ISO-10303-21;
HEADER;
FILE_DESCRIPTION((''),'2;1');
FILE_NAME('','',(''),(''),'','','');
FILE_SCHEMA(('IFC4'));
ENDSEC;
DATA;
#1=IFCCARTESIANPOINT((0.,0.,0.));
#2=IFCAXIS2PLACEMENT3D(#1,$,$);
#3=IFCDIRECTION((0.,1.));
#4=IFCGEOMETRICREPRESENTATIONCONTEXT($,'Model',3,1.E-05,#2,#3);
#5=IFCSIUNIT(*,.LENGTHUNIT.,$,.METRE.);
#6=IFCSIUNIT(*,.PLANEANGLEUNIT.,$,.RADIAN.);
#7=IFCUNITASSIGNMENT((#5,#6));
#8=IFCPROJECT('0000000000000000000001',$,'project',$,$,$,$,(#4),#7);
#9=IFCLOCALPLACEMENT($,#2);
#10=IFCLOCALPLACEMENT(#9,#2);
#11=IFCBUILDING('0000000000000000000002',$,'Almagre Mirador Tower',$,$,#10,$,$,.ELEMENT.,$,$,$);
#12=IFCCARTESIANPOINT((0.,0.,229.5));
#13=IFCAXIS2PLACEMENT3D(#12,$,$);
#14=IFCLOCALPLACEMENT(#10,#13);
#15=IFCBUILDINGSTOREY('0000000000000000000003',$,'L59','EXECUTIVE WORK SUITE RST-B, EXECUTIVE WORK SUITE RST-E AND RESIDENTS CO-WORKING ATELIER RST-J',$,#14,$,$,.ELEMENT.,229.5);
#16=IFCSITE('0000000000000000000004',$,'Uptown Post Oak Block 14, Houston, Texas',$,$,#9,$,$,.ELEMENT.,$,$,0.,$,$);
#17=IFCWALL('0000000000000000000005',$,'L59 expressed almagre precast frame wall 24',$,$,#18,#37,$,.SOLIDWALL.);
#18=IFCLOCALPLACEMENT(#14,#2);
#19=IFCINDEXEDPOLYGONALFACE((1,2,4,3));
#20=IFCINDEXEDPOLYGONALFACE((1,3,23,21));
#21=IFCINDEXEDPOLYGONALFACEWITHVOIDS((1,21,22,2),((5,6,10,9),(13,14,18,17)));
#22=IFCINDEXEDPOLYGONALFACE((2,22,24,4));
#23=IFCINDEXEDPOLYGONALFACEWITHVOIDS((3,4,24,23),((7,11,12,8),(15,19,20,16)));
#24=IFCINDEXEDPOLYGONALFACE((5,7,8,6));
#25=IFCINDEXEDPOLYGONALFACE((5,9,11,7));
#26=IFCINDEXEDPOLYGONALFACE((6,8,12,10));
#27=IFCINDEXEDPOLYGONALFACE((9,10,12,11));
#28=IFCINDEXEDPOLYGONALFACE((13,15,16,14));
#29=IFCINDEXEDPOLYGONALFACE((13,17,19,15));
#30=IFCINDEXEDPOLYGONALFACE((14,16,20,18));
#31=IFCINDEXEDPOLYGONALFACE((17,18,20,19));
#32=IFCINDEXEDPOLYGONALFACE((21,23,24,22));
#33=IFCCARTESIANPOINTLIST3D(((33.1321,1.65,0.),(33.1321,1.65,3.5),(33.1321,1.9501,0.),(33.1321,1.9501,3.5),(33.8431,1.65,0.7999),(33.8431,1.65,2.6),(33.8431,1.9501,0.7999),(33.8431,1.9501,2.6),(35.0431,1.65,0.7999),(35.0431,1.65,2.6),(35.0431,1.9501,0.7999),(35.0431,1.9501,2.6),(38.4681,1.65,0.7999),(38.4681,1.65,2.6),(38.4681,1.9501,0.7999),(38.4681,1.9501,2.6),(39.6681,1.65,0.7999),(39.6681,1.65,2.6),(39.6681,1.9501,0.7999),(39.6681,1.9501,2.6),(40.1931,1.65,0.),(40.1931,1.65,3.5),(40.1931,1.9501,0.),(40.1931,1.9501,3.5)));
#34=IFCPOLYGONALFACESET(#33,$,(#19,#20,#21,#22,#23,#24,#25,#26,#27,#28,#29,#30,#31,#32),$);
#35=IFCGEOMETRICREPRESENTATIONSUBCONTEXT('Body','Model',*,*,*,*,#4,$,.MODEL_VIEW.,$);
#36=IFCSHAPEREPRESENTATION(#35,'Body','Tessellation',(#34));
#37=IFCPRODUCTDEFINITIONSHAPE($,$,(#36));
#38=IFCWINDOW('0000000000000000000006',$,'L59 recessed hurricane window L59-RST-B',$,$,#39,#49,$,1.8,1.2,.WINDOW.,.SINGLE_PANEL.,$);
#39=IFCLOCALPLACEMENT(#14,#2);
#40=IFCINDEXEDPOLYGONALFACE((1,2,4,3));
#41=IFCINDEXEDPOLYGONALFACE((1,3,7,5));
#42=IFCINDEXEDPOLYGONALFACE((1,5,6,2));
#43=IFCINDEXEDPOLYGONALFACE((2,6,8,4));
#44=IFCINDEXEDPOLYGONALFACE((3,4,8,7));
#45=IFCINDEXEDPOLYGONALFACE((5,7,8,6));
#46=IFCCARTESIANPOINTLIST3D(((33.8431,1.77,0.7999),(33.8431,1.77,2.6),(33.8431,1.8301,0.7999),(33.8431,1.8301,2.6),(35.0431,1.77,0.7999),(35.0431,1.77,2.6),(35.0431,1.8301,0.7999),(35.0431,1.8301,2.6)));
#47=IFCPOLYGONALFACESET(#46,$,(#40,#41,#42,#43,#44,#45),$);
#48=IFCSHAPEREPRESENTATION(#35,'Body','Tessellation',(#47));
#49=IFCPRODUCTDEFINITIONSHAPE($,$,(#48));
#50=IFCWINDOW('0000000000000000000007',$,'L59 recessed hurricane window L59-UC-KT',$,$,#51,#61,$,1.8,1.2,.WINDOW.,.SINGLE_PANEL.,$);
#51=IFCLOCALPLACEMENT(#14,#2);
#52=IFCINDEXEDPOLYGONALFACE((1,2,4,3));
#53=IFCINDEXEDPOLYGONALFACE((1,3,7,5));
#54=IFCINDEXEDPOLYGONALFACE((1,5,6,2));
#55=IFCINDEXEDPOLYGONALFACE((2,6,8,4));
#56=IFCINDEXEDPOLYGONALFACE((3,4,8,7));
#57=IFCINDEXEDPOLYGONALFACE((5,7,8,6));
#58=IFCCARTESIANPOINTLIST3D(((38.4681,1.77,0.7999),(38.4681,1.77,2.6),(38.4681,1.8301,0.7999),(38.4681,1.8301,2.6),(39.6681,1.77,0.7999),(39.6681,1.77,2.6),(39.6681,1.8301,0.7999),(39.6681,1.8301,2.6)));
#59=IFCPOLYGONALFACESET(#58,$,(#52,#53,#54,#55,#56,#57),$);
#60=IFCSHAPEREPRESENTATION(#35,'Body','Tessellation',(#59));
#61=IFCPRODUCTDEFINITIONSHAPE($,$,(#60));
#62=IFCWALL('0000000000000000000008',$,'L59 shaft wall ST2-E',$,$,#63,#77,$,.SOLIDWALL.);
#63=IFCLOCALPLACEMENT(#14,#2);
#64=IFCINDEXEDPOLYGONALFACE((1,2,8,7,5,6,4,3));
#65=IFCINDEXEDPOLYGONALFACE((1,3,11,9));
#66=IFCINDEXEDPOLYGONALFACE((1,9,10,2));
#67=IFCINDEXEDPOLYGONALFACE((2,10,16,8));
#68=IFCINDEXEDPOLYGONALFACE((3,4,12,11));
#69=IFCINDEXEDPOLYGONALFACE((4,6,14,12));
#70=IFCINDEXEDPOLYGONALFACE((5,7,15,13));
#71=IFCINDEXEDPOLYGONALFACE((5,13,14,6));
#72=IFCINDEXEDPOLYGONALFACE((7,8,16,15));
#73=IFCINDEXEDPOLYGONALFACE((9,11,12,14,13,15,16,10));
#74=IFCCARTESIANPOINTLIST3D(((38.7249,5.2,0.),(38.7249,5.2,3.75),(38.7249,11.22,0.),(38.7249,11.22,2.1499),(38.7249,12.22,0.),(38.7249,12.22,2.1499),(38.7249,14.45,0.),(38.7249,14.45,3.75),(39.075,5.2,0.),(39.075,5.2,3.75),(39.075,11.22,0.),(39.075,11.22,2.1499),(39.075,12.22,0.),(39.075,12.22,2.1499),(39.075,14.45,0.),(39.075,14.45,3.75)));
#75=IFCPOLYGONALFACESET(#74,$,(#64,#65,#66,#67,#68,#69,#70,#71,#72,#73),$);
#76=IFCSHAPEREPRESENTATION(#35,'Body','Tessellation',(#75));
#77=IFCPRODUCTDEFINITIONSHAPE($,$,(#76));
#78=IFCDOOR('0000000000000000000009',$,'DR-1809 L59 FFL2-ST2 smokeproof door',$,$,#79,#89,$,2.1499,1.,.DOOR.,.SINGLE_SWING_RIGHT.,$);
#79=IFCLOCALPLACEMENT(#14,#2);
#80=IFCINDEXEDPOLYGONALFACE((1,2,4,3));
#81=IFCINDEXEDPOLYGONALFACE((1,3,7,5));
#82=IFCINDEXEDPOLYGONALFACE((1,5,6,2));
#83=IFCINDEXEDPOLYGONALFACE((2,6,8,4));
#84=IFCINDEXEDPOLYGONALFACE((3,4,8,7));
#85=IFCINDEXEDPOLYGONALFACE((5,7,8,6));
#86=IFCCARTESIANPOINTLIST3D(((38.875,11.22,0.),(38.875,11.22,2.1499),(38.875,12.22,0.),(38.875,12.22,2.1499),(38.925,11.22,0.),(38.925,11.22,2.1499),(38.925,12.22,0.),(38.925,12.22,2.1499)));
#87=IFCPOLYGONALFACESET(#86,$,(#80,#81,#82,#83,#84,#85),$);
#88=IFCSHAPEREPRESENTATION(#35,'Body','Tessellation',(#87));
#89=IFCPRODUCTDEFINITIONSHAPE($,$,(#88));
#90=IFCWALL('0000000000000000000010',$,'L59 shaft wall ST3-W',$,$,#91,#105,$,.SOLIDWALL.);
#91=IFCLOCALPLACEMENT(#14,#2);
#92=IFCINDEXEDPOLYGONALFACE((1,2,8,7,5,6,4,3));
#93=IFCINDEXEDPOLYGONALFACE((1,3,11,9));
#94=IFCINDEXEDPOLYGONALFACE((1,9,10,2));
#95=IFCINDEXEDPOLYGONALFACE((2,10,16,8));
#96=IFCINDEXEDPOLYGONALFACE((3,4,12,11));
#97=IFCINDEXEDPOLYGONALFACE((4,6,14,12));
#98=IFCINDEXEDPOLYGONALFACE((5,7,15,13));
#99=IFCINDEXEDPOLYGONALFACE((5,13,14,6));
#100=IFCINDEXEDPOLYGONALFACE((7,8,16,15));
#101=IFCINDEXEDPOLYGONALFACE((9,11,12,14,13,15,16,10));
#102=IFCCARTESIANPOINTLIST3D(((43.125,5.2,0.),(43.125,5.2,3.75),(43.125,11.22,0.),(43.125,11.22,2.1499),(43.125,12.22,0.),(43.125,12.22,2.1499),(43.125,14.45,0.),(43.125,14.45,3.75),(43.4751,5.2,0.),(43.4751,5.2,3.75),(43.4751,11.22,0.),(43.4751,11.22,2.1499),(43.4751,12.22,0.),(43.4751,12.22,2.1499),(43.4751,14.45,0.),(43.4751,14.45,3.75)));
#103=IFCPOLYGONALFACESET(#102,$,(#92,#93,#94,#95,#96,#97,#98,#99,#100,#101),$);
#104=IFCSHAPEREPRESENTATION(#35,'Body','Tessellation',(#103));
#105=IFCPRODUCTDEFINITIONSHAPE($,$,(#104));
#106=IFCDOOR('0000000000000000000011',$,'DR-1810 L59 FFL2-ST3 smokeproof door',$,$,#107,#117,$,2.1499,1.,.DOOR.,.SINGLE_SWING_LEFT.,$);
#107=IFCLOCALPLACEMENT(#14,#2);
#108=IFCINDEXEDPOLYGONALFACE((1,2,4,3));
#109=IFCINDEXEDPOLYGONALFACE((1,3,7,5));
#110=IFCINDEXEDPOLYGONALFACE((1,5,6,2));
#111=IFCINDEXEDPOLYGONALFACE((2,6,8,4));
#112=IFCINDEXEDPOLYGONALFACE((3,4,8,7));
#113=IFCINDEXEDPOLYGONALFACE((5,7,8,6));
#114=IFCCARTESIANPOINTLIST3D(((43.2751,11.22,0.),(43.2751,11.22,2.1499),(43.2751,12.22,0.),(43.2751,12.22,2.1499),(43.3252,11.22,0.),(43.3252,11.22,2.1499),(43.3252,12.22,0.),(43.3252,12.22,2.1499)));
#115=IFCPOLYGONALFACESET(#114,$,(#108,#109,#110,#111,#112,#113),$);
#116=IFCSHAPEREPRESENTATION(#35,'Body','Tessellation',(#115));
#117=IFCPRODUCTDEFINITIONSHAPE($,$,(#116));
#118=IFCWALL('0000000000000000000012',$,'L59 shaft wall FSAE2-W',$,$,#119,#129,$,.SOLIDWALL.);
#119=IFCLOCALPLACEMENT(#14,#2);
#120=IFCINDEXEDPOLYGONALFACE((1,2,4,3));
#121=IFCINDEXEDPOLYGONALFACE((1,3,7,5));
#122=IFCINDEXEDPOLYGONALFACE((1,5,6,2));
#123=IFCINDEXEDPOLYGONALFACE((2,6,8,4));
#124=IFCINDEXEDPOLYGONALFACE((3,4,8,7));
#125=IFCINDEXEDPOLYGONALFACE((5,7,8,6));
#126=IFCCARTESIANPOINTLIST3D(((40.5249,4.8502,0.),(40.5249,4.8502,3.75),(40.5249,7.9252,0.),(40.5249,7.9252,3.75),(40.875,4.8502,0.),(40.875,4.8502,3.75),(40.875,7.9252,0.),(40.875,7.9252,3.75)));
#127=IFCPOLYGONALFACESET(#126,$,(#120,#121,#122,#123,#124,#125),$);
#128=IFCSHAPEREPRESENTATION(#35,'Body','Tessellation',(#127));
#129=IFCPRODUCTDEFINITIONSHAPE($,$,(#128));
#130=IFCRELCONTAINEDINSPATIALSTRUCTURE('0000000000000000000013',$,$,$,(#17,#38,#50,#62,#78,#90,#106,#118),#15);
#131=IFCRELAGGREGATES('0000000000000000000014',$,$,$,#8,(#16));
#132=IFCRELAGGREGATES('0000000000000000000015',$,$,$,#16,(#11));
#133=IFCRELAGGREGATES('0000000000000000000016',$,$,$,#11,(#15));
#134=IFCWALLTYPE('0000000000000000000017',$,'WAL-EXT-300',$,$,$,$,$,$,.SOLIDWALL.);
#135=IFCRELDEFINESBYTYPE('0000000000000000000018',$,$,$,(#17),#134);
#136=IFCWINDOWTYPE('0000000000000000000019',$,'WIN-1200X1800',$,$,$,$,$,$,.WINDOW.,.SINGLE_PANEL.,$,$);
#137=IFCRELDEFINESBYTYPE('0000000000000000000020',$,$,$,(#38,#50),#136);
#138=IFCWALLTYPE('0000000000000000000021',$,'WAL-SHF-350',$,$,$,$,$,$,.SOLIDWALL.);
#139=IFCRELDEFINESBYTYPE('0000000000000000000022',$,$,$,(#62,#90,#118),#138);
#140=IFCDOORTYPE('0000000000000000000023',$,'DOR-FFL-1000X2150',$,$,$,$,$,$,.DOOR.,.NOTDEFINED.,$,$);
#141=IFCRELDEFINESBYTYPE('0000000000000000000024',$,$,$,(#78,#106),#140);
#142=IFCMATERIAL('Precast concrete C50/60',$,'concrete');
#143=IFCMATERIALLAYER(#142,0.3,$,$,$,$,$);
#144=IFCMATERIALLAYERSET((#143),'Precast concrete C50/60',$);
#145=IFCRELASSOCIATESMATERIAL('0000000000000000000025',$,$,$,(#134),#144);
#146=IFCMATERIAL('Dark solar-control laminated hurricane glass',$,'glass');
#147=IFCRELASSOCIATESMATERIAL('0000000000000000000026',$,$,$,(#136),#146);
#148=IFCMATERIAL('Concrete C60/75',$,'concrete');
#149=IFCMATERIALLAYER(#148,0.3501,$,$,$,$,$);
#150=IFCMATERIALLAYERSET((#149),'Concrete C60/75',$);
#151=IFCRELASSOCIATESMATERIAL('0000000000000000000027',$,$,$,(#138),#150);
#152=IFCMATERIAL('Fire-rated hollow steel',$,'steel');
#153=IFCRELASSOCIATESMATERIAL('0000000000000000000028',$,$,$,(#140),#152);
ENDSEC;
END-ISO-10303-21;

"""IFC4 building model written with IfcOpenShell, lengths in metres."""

from ifc_helpers import new_model, si_unit, direction, frame, frame_2d, origin, place, context, subcontext, project, spatial, rectangle, extrude, material, layer, layer_set, type_object, element, fill, save


model = new_model("IFC4")

# Units and contexts
model_context = context("Model", 3, precision=1e-05, world=origin(), true_north=direction((0.0, 1.0)))
body_context = subcontext(model_context, "Body", "Model", "MODEL_VIEW")
ifc_project = project(units=[si_unit("LENGTHUNIT", "METRE"), si_unit("PLANEANGLEUNIT", "RADIAN")], contexts=[model_context])

# Site, building, storey
site_placement = place(None, origin())
site = spatial("IfcSite", under=ifc_project, at=site_placement, Name="Uptown Post Oak Block 14, Houston, Texas", CompositionType="ELEMENT", RefElevation=0.0)
building_placement = place(site_placement, origin())
building = spatial("IfcBuilding", under=site, at=building_placement, Name="Almagre Mirador Tower", CompositionType="ELEMENT")
storey_placement = place(building_placement, frame((0.0, 0.0, 229.5)))
storey = spatial("IfcBuildingStorey", under=building, at=storey_placement, Name="L59", Description="EXECUTIVE WORK SUITE RST-B, EXECUTIVE WORK SUITE RST-E AND RESIDENTS CO-WORKING ATELIER RST-J", CompositionType="ELEMENT", Elevation=229.5)

# Shared definitions
ifc_material_1 = material(Name="Precast concrete C50/60", Category="concrete")
ifc_layer_1 = layer(ifc_material_1, 0.3)
ifc_layer_set_1 = layer_set([ifc_layer_1], Name="Precast concrete C50/60")
wall_type_1 = type_object("IfcWallType", Name="WAL-EXT-300", PredefinedType="SOLIDWALL", material=ifc_layer_set_1)
ifc_material_2 = material(Name="Dark solar-control laminated hurricane glass", Category="glass")
window_type = type_object("IfcWindowType", Name="WIN-1200X1800", PartitioningType="SINGLE_PANEL", PredefinedType="WINDOW", material=ifc_material_2)

# Wall, openings, windows
wall_1_placement = place(storey_placement, frame((40.1931, 1.8, 0.0), z_axis=(0.0, 0.0, 1.0), x_axis=(-1.0, 0.0, 0.0)))
wall_1 = element("IfcWall", 1, at=wall_1_placement, inside=storey, type_object=wall_type_1, Name="L59 expressed almagre precast frame wall 24", PredefinedType="SOLIDWALL", context=body_context, shape_type="SweptSolid", body=[
    extrude(rectangle(XDim=7.061, YDim=0.3, at=frame_2d((3.5305, 0.0))), origin(), (0.0, 0.0, 1.0), 3.5),
])
opening_1_placement = place(wall_1_placement, frame((5.1499, 0.0, 0.8)))
opening_1 = element("IfcOpeningElement", 2, at=opening_1_placement, cuts=wall_1, PredefinedType="OPENING", context=body_context, shape_type="SweptSolid", body=[
    extrude(rectangle(XDim=1.2, YDim=1.8, at=frame_2d((0.6001, 0.8999))), frame((0.0, 0.1599, 0.0), z_axis=(0.0, -1.0, 0.0), x_axis=(1.0, 0.0, 0.0)), (0.0, 0.0, 1.0), 0.32),
])
opening_2_placement = place(wall_1_placement, frame((0.5249, 0.0, 0.8)))
opening_2 = element("IfcOpeningElement", 3, at=opening_2_placement, cuts=wall_1, PredefinedType="OPENING", context=body_context, shape_type="SweptSolid", body=[
    extrude(rectangle(XDim=1.2, YDim=1.8, at=frame_2d((0.6001, 0.8999))), frame((0.0, 0.1599, 0.0), z_axis=(0.0, -1.0, 0.0), x_axis=(1.0, 0.0, 0.0)), (0.0, 0.0, 1.0), 0.32),
])
window_1_placement = place(opening_1_placement, origin())
window_1 = element("IfcWindow", 4, at=window_1_placement, inside=storey, type_object=window_type, Name="L59 recessed hurricane window L59-RST-B", OverallHeight=1.8, OverallWidth=1.2, PartitioningType="SINGLE_PANEL", PredefinedType="WINDOW", context=body_context, shape_type="SweptSolid", body=[
    extrude(rectangle(XDim=1.2, YDim=1.8, at=frame_2d((0.6001, 0.8999))), frame((0.0, 0.03, 0.0), z_axis=(0.0, -1.0, 0.0), x_axis=(1.0, 0.0, 0.0)), (0.0, 0.0, 1.0), 0.0601),
])
fill(opening_1, window_1)
window_2_placement = place(opening_2_placement, origin())
window_2 = element("IfcWindow", 5, at=window_2_placement, inside=storey, type_object=window_type, Name="L59 recessed hurricane window L59-UC-KT", OverallHeight=1.8, OverallWidth=1.2, PartitioningType="SINGLE_PANEL", PredefinedType="WINDOW", context=body_context, shape_type="SweptSolid", body=[
    extrude(rectangle(XDim=1.2, YDim=1.8, at=frame_2d((0.6001, 0.8999))), frame((0.0, 0.03, 0.0), z_axis=(0.0, -1.0, 0.0), x_axis=(1.0, 0.0, 0.0)), (0.0, 0.0, 1.0), 0.0601),
])
fill(opening_2, window_2)

# Walls, openings, doors
ifc_material_3 = material(Name="Concrete C60/75", Category="concrete")
ifc_layer_2 = layer(ifc_material_3, 0.3501)
ifc_layer_set_2 = layer_set([ifc_layer_2], Name="Concrete C60/75")
wall_type_2 = type_object("IfcWallType", Name="WAL-SHF-350", PredefinedType="SOLIDWALL", material=ifc_layer_set_2)
wall_2_placement = place(storey_placement, frame((38.8999, 5.2, 0.0), z_axis=(0.0, 0.0, 1.0), x_axis=(0.0, 1.0, 0.0)))
wall_2 = element("IfcWall", 6, at=wall_2_placement, inside=storey, type_object=wall_type_2, Name="L59 shaft wall ST2-E", PredefinedType="SOLIDWALL", context=body_context, shape_type="SweptSolid", body=[
    extrude(rectangle(XDim=9.25, YDim=0.3501, at=frame_2d((4.625, 0.0))), origin(), (0.0, 0.0, 1.0), 3.75),
])
opening_3_placement = place(wall_2_placement, frame((6.02, 0.0, 0.0)))
opening_3 = element("IfcOpeningElement", 7, at=opening_3_placement, cuts=wall_2, PredefinedType="OPENING", context=body_context, shape_type="SweptSolid", body=[
    extrude(rectangle(XDim=1.0, YDim=2.1499, at=frame_2d((0.5, 1.075))), frame((0.0, 0.185, 0.0), z_axis=(0.0, -1.0, 0.0), x_axis=(1.0, 0.0, 0.0)), (0.0, 0.0, 1.0), 0.3701),
])
ifc_material_4 = material(Name="Fire-rated hollow steel", Category="steel")
door_type = type_object("IfcDoorType", Name="DOR-FFL-1000X2150", OperationType="NOTDEFINED", PredefinedType="DOOR", material=ifc_material_4)
door_1_placement = place(opening_3_placement, origin())
door_1 = element("IfcDoor", 8, at=door_1_placement, inside=storey, type_object=door_type, Name="DR-1809 L59 FFL2-ST2 smokeproof door", OperationType="SINGLE_SWING_RIGHT", OverallHeight=2.1499, OverallWidth=1.0, PredefinedType="DOOR", context=body_context, shape_type="SweptSolid", body=[
    extrude(rectangle(XDim=1.0, YDim=2.1499, at=frame_2d((0.5, 1.075))), frame((0.0, 0.0249, 0.0), z_axis=(0.0, -1.0, 0.0), x_axis=(1.0, 0.0, 0.0)), (0.0, 0.0, 1.0), 0.05),
])
fill(opening_3, door_1)
wall_3_placement = place(storey_placement, frame((43.3, 5.2, 0.0), z_axis=(0.0, 0.0, 1.0), x_axis=(0.0, 1.0, 0.0)))
wall_3 = element("IfcWall", 9, at=wall_3_placement, inside=storey, type_object=wall_type_2, Name="L59 shaft wall ST3-W", PredefinedType="SOLIDWALL", context=body_context, shape_type="SweptSolid", body=[
    extrude(rectangle(XDim=9.25, YDim=0.3501, at=frame_2d((4.625, 0.0))), origin(), (0.0, 0.0, 1.0), 3.75),
])
opening_4_placement = place(wall_3_placement, frame((6.02, 0.0, 0.0)))
opening_4 = element("IfcOpeningElement", 10, at=opening_4_placement, cuts=wall_3, PredefinedType="OPENING", context=body_context, shape_type="SweptSolid", body=[
    extrude(rectangle(XDim=1.0, YDim=2.1499, at=frame_2d((0.5, 1.075))), frame((0.0, 0.185, 0.0), z_axis=(0.0, -1.0, 0.0), x_axis=(1.0, 0.0, 0.0)), (0.0, 0.0, 1.0), 0.3701),
])
door_2_placement = place(opening_4_placement, origin())
door_2 = element("IfcDoor", 11, at=door_2_placement, inside=storey, type_object=door_type, Name="DR-1810 L59 FFL2-ST3 smokeproof door", OperationType="SINGLE_SWING_LEFT", OverallHeight=2.1499, OverallWidth=1.0, PredefinedType="DOOR", context=body_context, shape_type="SweptSolid", body=[
    extrude(rectangle(XDim=1.0, YDim=2.1499, at=frame_2d((0.5, 1.075))), frame((0.0, 0.0249, 0.0), z_axis=(0.0, -1.0, 0.0), x_axis=(1.0, 0.0, 0.0)), (0.0, 0.0, 1.0), 0.05),
])
fill(opening_4, door_2)

# Wall
wall_4_placement = place(storey_placement, frame((40.7, 4.8501, 0.0), z_axis=(0.0, 0.0, 1.0), x_axis=(0.0, 1.0, 0.0)))
element("IfcWall", 12, at=wall_4_placement, inside=storey, type_object=wall_type_2, Name="L59 shaft wall FSAE2-W", PredefinedType="SOLIDWALL", context=body_context, shape_type="SweptSolid", body=[
    extrude(rectangle(XDim=3.075, YDim=0.3501, at=frame_2d((1.5376, 0.0))), origin(), (0.0, 0.0, 1.0), 3.75),
])

save(model, "model.ifc")
